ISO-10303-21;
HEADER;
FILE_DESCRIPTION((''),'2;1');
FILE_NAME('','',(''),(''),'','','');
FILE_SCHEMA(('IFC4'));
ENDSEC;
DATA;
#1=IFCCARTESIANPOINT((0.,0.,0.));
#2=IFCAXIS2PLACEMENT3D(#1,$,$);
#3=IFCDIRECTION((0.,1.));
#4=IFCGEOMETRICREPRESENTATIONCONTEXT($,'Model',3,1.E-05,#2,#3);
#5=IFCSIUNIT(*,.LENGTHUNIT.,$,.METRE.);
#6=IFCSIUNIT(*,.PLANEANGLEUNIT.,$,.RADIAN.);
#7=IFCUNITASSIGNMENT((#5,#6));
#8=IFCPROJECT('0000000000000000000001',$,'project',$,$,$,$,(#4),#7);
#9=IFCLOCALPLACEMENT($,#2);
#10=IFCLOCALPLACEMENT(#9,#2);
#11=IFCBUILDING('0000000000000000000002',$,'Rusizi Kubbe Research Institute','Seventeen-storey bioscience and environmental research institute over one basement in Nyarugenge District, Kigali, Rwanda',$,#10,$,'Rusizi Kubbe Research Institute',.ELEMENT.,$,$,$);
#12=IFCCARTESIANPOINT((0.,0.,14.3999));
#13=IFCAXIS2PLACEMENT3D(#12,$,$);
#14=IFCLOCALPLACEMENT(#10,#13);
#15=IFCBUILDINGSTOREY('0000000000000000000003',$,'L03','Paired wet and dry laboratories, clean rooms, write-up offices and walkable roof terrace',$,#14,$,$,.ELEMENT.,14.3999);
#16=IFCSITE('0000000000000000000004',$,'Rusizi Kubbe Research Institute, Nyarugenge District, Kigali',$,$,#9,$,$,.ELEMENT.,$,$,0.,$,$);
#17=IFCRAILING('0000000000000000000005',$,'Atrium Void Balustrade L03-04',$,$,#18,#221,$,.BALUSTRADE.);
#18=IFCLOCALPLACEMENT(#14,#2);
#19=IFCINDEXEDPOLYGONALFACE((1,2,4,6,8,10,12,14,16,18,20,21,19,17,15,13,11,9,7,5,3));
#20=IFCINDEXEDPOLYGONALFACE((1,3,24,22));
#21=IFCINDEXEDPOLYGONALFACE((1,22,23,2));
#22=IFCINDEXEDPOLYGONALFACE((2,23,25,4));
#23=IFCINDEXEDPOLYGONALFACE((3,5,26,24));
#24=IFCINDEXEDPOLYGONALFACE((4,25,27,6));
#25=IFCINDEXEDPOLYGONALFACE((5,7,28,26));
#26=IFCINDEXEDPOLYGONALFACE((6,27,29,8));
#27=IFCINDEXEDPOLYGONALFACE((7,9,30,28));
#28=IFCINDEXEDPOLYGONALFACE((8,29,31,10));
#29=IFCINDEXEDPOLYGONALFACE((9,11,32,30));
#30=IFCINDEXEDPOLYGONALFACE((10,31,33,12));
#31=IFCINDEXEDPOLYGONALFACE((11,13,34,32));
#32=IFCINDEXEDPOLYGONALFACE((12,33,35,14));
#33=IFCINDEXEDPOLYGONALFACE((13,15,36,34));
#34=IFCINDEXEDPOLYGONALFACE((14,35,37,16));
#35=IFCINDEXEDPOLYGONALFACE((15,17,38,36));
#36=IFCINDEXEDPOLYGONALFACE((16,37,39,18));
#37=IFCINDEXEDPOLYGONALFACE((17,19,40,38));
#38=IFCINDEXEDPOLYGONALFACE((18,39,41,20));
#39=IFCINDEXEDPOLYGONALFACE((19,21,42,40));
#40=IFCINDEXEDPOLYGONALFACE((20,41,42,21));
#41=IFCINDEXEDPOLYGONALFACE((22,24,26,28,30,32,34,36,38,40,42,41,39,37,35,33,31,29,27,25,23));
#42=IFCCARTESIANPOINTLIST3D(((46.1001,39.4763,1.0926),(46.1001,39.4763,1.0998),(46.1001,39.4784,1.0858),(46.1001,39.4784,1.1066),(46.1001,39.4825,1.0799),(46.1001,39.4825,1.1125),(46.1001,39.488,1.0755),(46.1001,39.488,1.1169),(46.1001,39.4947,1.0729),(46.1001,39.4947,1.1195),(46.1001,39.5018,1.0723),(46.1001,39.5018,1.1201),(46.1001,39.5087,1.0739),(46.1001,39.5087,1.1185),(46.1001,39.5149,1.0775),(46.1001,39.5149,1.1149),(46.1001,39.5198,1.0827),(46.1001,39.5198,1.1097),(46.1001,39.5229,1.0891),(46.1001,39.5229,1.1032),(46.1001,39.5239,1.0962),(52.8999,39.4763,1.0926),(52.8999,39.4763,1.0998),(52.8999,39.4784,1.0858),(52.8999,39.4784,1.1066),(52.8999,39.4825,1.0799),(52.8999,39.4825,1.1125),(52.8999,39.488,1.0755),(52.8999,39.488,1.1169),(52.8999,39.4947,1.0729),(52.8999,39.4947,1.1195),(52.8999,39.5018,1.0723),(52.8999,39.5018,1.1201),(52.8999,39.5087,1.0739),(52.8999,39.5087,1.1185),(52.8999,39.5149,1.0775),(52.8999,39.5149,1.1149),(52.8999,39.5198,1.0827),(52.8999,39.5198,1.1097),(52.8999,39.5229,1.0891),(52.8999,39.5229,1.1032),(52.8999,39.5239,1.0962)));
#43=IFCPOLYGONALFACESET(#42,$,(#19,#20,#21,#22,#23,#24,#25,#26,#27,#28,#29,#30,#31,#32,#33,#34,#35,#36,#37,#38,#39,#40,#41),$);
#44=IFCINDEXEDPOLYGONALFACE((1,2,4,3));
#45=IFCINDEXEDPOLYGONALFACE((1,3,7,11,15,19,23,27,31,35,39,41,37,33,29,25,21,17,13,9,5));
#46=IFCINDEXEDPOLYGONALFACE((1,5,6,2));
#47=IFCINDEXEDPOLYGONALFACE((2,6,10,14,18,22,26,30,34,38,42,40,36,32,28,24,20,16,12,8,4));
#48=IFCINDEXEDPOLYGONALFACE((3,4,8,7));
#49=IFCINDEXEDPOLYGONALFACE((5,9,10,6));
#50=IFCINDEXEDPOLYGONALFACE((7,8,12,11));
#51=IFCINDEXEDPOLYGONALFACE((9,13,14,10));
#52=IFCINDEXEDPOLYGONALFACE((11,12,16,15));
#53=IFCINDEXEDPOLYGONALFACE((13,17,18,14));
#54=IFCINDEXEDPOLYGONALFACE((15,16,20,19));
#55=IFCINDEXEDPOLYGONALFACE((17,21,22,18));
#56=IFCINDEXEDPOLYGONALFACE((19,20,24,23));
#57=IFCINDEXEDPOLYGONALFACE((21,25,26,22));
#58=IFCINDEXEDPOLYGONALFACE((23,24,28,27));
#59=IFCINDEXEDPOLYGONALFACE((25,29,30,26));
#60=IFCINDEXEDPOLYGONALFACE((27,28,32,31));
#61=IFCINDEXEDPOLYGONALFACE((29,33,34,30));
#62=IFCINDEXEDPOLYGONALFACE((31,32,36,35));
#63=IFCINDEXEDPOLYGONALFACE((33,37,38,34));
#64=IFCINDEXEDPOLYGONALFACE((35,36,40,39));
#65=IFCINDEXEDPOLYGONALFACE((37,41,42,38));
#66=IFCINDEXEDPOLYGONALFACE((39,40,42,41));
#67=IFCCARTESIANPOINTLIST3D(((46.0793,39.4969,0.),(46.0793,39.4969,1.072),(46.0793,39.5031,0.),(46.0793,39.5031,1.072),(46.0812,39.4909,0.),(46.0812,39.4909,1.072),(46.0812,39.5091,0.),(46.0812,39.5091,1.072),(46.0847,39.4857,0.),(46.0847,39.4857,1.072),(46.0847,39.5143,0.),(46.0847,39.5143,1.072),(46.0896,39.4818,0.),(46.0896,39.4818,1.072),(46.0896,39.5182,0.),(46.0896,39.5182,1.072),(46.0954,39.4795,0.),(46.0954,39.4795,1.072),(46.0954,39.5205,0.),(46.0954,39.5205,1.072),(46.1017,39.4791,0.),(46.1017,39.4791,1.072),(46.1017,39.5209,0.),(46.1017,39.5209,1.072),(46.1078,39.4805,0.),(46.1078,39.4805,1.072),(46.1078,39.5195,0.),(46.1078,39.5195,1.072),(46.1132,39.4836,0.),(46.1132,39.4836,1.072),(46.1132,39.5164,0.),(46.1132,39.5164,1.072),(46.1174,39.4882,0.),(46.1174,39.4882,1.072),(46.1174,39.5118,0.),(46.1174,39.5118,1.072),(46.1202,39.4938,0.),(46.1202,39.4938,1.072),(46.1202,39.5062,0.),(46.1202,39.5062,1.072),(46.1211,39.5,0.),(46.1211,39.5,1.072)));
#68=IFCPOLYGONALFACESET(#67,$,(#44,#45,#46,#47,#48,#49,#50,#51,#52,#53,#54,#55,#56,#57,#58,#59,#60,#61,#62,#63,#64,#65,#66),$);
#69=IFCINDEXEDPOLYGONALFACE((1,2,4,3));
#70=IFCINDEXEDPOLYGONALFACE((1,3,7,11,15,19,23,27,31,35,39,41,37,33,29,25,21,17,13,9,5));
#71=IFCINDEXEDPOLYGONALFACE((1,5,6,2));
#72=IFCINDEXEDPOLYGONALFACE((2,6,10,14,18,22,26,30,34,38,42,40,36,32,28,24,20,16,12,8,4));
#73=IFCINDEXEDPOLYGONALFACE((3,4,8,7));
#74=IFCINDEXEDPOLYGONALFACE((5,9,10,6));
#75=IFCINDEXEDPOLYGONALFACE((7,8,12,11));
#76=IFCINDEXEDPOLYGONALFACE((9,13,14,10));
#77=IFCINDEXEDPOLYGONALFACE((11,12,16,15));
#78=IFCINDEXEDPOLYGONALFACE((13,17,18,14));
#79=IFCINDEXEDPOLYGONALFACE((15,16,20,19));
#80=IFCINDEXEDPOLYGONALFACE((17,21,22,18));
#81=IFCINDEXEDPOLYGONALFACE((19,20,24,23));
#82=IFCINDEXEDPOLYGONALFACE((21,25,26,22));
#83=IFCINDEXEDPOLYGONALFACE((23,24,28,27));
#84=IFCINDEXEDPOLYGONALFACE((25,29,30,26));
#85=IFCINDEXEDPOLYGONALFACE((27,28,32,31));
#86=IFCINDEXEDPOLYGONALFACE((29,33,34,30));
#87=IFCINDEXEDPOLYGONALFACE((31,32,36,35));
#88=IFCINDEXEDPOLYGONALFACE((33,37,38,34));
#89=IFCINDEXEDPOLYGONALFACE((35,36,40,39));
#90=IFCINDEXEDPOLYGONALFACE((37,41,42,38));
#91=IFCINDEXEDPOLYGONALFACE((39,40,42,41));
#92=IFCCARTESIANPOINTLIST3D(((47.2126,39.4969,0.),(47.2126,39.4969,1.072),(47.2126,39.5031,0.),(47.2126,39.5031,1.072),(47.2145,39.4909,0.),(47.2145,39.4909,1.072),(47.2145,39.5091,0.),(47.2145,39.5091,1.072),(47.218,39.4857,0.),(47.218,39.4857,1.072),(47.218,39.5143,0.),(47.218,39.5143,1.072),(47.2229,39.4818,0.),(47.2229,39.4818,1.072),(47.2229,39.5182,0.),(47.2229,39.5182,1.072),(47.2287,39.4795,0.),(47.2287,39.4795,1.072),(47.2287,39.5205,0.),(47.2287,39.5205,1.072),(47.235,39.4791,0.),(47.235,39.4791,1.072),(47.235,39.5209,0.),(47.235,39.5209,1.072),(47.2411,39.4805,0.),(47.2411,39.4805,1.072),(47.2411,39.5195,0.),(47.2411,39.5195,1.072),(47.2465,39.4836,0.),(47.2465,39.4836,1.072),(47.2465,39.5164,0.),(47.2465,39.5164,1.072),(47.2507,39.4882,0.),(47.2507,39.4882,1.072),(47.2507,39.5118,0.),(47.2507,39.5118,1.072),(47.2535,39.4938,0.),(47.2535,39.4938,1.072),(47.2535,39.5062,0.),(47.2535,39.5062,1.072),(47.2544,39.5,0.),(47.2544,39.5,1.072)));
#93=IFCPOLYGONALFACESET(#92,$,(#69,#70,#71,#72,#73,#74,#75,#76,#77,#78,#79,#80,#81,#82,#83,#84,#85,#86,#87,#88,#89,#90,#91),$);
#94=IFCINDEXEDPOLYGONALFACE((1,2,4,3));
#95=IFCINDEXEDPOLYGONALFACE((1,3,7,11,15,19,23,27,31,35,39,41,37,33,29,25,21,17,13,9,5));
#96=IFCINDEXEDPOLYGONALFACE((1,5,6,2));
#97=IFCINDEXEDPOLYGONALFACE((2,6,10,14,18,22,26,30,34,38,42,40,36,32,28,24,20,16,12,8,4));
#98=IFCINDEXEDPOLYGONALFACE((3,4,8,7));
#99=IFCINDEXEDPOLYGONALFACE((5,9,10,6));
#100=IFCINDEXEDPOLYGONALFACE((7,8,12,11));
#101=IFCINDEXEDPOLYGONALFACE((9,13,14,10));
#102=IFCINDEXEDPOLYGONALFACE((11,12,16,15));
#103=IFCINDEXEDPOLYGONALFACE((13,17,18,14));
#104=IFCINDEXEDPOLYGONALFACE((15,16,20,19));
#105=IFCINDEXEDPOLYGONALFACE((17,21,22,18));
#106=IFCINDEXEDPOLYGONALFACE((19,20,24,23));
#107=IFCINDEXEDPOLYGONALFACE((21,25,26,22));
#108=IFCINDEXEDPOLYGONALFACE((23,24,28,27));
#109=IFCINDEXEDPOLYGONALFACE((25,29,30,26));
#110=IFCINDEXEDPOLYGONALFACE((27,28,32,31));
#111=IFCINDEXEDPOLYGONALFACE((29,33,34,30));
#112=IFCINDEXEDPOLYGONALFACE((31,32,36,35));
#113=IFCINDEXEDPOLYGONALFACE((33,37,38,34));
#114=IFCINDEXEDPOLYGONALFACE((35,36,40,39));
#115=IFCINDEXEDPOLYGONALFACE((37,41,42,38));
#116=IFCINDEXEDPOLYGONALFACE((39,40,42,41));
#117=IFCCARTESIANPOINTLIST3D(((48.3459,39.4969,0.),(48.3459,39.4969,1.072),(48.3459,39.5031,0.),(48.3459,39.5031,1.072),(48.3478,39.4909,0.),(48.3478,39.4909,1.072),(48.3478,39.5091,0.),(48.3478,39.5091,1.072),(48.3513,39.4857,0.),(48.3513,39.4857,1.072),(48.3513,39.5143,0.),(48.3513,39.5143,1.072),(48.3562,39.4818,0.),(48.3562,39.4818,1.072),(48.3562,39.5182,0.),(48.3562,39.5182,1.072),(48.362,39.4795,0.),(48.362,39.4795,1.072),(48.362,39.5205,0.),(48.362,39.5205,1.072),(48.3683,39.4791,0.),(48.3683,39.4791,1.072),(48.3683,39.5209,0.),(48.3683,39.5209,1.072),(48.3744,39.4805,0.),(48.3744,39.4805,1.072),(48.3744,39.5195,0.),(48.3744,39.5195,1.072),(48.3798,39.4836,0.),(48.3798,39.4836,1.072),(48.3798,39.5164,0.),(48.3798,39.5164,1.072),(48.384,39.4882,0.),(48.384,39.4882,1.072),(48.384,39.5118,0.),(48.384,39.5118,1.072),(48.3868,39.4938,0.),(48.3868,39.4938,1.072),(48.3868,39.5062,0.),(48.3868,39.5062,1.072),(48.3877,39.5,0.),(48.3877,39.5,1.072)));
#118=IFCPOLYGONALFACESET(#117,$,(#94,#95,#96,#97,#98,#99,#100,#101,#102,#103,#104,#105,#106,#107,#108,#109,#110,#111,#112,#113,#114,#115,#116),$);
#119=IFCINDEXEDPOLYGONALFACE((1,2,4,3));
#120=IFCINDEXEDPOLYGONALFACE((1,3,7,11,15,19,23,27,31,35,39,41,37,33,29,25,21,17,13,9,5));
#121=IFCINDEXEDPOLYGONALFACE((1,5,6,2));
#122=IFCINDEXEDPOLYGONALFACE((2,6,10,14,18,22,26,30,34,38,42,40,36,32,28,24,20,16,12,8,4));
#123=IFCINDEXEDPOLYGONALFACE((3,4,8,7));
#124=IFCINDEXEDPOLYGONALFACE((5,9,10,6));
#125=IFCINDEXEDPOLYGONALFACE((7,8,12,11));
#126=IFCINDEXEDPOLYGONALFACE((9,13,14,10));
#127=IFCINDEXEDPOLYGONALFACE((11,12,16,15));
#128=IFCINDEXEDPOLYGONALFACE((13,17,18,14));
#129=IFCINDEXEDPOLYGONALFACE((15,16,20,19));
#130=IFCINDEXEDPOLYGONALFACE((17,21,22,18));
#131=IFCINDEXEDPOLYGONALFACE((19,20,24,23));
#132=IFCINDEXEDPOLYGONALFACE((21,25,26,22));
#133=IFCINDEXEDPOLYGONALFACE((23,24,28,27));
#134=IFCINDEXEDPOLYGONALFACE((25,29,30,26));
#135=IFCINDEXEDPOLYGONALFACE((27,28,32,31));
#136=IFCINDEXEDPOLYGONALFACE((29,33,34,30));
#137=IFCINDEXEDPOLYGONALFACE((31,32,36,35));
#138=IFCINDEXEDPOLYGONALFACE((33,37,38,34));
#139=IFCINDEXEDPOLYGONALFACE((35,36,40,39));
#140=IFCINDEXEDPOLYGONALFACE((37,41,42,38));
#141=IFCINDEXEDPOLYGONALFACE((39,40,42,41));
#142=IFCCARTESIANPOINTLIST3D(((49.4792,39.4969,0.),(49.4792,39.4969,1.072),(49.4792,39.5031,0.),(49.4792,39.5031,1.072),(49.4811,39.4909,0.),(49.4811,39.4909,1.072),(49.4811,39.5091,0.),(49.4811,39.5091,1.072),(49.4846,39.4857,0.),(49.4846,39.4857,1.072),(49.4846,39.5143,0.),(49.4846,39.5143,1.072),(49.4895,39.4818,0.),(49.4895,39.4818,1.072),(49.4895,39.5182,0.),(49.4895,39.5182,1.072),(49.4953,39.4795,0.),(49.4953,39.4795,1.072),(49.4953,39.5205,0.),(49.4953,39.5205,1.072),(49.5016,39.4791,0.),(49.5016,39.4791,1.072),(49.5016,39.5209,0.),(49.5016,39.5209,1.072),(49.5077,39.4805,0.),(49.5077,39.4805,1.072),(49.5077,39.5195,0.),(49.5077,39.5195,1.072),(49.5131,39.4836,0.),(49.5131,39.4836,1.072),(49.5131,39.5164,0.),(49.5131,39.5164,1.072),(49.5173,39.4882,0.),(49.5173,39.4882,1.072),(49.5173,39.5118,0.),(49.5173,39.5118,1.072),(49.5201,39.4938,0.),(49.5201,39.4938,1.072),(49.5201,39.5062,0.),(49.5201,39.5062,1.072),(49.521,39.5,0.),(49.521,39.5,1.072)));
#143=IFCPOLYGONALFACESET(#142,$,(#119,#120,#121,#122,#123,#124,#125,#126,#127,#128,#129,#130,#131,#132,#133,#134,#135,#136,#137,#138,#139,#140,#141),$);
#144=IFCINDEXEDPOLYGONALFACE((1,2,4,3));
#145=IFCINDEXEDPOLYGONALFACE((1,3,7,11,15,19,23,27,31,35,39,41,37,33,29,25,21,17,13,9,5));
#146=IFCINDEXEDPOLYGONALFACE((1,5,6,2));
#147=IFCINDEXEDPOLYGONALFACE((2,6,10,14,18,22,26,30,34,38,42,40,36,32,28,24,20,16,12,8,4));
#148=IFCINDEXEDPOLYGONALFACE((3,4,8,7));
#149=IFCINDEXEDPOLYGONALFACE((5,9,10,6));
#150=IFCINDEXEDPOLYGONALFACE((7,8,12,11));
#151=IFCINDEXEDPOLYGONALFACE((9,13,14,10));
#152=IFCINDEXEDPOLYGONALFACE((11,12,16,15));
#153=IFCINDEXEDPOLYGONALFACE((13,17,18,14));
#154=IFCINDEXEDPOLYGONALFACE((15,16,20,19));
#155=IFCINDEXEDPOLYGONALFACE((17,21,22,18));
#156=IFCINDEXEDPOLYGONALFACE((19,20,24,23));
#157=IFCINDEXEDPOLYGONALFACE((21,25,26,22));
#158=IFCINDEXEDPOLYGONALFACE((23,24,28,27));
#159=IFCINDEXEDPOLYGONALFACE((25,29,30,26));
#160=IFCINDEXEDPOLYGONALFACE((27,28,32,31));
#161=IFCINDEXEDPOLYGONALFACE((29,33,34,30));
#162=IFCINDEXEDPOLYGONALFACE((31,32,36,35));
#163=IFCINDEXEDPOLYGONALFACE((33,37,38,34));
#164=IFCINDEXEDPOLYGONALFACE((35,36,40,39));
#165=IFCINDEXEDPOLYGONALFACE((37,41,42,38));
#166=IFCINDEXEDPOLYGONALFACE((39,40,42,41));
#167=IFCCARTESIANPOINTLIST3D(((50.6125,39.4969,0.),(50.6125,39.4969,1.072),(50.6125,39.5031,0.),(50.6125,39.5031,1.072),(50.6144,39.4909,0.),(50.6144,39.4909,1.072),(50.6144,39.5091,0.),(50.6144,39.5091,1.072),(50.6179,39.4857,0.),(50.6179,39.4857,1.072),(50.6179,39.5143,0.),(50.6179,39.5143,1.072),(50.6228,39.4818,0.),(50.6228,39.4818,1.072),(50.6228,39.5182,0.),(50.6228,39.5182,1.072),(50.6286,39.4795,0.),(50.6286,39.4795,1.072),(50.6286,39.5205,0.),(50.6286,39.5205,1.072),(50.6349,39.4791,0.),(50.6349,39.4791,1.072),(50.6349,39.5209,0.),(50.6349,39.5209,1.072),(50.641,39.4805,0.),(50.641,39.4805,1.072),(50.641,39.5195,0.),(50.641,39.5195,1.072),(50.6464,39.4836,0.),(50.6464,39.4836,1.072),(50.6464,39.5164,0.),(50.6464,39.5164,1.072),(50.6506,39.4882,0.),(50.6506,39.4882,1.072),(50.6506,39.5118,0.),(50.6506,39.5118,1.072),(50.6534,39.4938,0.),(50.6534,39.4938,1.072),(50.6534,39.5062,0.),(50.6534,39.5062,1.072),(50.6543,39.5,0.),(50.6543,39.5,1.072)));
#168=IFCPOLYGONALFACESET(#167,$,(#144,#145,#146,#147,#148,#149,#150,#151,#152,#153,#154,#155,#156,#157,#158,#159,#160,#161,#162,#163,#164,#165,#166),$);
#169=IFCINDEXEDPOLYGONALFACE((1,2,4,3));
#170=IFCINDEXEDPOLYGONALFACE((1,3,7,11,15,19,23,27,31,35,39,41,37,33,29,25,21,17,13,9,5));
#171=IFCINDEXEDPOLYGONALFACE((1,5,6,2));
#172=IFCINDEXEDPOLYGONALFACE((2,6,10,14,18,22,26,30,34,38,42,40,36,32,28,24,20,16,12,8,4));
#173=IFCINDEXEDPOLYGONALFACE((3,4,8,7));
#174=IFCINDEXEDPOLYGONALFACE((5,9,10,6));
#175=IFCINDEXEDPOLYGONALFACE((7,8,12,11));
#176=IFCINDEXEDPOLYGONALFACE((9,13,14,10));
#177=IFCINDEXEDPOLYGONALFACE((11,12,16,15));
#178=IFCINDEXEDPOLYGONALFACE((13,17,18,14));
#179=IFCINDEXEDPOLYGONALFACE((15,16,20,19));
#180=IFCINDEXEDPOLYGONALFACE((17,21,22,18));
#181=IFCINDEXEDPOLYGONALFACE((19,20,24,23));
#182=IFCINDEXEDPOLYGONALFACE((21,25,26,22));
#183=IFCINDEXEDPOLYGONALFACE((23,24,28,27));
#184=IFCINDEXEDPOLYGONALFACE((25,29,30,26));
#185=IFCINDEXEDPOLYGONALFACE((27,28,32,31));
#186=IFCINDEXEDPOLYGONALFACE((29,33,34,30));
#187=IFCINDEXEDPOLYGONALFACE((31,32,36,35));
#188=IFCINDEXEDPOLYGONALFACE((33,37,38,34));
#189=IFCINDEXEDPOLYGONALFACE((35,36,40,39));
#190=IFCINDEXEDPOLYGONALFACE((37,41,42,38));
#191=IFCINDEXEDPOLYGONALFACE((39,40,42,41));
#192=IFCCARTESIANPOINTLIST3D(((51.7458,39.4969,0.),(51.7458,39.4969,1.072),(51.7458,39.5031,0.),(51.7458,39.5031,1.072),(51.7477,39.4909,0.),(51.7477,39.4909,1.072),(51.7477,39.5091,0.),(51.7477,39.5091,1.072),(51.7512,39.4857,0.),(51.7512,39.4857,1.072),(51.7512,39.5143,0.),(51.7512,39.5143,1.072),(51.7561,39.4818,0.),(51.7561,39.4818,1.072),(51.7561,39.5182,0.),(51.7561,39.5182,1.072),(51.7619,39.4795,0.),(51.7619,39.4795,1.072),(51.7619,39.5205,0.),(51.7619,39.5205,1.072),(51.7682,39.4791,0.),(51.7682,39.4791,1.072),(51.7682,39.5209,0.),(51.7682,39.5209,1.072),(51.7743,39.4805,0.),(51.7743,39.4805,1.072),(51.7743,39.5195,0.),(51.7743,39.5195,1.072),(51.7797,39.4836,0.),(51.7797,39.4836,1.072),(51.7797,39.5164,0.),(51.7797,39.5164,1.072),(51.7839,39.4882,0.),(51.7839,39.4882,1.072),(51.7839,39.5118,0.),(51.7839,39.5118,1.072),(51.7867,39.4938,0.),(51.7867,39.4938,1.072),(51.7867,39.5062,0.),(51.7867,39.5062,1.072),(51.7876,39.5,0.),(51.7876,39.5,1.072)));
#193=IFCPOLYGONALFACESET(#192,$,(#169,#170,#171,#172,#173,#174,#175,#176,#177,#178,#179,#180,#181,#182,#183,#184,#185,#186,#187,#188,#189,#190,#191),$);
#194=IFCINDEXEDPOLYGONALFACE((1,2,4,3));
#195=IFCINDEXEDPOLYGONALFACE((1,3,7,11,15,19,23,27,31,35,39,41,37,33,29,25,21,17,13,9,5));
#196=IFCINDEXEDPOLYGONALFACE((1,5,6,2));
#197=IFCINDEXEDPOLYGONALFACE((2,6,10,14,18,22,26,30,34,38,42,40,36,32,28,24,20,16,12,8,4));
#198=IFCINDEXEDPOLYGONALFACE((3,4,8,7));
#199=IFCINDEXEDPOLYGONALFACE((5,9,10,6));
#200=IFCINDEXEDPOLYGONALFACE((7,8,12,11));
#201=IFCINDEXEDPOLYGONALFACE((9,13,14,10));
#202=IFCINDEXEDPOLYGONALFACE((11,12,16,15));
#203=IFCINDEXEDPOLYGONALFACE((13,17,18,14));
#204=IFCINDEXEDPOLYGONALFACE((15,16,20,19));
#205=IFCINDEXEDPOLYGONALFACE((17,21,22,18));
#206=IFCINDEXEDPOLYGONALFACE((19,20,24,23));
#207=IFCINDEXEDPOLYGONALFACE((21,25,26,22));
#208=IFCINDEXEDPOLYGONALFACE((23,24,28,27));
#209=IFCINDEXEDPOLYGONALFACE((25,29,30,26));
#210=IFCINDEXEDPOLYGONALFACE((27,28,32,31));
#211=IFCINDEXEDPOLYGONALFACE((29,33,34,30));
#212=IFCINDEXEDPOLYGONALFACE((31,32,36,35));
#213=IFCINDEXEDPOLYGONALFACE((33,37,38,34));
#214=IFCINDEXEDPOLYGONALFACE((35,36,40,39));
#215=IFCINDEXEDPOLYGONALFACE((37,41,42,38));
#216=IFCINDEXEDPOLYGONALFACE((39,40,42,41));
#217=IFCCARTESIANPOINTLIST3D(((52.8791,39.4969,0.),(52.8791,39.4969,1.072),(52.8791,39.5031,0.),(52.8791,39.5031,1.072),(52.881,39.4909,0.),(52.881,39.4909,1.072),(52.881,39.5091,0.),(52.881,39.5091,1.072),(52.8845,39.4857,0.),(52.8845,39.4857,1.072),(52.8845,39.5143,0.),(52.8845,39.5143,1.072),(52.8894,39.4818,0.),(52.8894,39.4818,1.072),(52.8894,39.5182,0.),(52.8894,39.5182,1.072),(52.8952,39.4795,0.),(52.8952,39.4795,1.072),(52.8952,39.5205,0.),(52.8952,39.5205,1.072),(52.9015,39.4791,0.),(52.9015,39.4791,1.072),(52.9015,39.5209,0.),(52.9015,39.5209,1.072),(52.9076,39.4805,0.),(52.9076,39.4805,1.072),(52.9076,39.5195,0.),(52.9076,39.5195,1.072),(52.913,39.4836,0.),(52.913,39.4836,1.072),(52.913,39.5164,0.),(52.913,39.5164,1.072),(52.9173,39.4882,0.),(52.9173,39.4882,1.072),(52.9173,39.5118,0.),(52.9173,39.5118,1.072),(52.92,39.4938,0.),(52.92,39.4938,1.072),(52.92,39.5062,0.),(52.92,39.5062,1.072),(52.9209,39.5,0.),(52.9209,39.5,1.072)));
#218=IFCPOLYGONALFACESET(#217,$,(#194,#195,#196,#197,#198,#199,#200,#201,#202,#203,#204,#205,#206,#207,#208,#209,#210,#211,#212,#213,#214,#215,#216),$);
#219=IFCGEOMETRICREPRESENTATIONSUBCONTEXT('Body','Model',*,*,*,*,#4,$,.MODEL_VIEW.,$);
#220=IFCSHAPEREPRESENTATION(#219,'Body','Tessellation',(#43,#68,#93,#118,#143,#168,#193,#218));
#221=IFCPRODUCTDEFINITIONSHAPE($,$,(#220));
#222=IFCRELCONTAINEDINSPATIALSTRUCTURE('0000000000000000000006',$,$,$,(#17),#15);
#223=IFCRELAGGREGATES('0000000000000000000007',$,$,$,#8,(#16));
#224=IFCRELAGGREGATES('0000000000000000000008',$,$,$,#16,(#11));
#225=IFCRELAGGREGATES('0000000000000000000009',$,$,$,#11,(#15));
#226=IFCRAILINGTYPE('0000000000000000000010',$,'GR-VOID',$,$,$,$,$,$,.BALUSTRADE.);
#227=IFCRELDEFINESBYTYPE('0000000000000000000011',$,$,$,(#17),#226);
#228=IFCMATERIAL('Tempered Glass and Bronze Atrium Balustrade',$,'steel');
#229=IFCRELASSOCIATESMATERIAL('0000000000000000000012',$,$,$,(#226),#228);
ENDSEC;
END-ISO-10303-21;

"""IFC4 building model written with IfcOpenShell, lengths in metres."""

from ifc_helpers import new_model, si_unit, direction, frame, origin, origin_2d, place, context, subcontext, project, spatial, circle, extrude, material, type_object, element, save


model = new_model("IFC4")

# Units and contexts
model_context = context("Model", 3, precision=1e-05, world=origin(), true_north=direction((0.0, 1.0)))
body_context = subcontext(model_context, "Body", "Model", "MODEL_VIEW")
ifc_project = project(units=[si_unit("LENGTHUNIT", "METRE"), si_unit("PLANEANGLEUNIT", "RADIAN")], contexts=[model_context])

# Site, building, storey
site_placement = place(None, origin())
site = spatial("IfcSite", under=ifc_project, at=site_placement, Name="Rusizi Kubbe Research Institute, Nyarugenge District, Kigali", CompositionType="ELEMENT", RefElevation=0.0)
building_placement = place(site_placement, origin())
building = spatial("IfcBuilding", under=site, at=building_placement, Name="Rusizi Kubbe Research Institute", Description="Seventeen-storey bioscience and environmental research institute over one basement in Nyarugenge District, Kigali, Rwanda", LongName="Rusizi Kubbe Research Institute", CompositionType="ELEMENT")
storey_placement = place(building_placement, frame((0.0, 0.0, 14.3999)))
storey = spatial("IfcBuildingStorey", under=building, at=storey_placement, Name="L03", Description="Paired wet and dry laboratories, clean rooms, write-up offices and walkable roof terrace", CompositionType="ELEMENT", Elevation=14.3999)

# Railing
ifc_material_1 = material(Name="Tempered Glass and Bronze Atrium Balustrade", Category="steel")
railing_type = type_object("IfcRailingType", Name="GR-VOID", PredefinedType="BALUSTRADE", material=ifc_material_1)
railing_placement = place(storey_placement, frame((46.1001, 39.5, 0.0)))
element("IfcRailing", 1, at=railing_placement, inside=storey, type_object=railing_type, Name="Atrium Void Balustrade L03-04", PredefinedType="BALUSTRADE", context=body_context, shape_type="SweptSolid", body=[
    extrude(circle(Radius=0.0239, at=origin_2d()), frame((0.0, 0.0, 1.0962), z_axis=(1.0, 0.0, 0.0), x_axis=(0.0, 1.0, 0.0)), (0.0, 0.0, 1.0), 6.7998),
    extrude(circle(Radius=0.021, at=origin_2d()), origin(), (0.0, 0.0, 1.0), 1.072),
    extrude(circle(Radius=0.021, at=origin_2d()), frame((1.1333, 0.0, 0.0)), (0.0, 0.0, 1.0), 1.072),
    extrude(circle(Radius=0.021, at=origin_2d()), frame((2.2666, 0.0, 0.0)), (0.0, 0.0, 1.0), 1.072),
    extrude(circle(Radius=0.021, at=origin_2d()), frame((3.3999, 0.0, 0.0)), (0.0, 0.0, 1.0), 1.072),
    extrude(circle(Radius=0.021, at=origin_2d()), frame((4.5332, 0.0, 0.0)), (0.0, 0.0, 1.0), 1.072),
    extrude(circle(Radius=0.021, at=origin_2d()), frame((5.6665, 0.0, 0.0)), (0.0, 0.0, 1.0), 1.072),
    extrude(circle(Radius=0.021, at=origin_2d()), frame((6.7998, 0.0, 0.0)), (0.0, 0.0, 1.0), 1.072),
])

save(model, "model.ifc")
